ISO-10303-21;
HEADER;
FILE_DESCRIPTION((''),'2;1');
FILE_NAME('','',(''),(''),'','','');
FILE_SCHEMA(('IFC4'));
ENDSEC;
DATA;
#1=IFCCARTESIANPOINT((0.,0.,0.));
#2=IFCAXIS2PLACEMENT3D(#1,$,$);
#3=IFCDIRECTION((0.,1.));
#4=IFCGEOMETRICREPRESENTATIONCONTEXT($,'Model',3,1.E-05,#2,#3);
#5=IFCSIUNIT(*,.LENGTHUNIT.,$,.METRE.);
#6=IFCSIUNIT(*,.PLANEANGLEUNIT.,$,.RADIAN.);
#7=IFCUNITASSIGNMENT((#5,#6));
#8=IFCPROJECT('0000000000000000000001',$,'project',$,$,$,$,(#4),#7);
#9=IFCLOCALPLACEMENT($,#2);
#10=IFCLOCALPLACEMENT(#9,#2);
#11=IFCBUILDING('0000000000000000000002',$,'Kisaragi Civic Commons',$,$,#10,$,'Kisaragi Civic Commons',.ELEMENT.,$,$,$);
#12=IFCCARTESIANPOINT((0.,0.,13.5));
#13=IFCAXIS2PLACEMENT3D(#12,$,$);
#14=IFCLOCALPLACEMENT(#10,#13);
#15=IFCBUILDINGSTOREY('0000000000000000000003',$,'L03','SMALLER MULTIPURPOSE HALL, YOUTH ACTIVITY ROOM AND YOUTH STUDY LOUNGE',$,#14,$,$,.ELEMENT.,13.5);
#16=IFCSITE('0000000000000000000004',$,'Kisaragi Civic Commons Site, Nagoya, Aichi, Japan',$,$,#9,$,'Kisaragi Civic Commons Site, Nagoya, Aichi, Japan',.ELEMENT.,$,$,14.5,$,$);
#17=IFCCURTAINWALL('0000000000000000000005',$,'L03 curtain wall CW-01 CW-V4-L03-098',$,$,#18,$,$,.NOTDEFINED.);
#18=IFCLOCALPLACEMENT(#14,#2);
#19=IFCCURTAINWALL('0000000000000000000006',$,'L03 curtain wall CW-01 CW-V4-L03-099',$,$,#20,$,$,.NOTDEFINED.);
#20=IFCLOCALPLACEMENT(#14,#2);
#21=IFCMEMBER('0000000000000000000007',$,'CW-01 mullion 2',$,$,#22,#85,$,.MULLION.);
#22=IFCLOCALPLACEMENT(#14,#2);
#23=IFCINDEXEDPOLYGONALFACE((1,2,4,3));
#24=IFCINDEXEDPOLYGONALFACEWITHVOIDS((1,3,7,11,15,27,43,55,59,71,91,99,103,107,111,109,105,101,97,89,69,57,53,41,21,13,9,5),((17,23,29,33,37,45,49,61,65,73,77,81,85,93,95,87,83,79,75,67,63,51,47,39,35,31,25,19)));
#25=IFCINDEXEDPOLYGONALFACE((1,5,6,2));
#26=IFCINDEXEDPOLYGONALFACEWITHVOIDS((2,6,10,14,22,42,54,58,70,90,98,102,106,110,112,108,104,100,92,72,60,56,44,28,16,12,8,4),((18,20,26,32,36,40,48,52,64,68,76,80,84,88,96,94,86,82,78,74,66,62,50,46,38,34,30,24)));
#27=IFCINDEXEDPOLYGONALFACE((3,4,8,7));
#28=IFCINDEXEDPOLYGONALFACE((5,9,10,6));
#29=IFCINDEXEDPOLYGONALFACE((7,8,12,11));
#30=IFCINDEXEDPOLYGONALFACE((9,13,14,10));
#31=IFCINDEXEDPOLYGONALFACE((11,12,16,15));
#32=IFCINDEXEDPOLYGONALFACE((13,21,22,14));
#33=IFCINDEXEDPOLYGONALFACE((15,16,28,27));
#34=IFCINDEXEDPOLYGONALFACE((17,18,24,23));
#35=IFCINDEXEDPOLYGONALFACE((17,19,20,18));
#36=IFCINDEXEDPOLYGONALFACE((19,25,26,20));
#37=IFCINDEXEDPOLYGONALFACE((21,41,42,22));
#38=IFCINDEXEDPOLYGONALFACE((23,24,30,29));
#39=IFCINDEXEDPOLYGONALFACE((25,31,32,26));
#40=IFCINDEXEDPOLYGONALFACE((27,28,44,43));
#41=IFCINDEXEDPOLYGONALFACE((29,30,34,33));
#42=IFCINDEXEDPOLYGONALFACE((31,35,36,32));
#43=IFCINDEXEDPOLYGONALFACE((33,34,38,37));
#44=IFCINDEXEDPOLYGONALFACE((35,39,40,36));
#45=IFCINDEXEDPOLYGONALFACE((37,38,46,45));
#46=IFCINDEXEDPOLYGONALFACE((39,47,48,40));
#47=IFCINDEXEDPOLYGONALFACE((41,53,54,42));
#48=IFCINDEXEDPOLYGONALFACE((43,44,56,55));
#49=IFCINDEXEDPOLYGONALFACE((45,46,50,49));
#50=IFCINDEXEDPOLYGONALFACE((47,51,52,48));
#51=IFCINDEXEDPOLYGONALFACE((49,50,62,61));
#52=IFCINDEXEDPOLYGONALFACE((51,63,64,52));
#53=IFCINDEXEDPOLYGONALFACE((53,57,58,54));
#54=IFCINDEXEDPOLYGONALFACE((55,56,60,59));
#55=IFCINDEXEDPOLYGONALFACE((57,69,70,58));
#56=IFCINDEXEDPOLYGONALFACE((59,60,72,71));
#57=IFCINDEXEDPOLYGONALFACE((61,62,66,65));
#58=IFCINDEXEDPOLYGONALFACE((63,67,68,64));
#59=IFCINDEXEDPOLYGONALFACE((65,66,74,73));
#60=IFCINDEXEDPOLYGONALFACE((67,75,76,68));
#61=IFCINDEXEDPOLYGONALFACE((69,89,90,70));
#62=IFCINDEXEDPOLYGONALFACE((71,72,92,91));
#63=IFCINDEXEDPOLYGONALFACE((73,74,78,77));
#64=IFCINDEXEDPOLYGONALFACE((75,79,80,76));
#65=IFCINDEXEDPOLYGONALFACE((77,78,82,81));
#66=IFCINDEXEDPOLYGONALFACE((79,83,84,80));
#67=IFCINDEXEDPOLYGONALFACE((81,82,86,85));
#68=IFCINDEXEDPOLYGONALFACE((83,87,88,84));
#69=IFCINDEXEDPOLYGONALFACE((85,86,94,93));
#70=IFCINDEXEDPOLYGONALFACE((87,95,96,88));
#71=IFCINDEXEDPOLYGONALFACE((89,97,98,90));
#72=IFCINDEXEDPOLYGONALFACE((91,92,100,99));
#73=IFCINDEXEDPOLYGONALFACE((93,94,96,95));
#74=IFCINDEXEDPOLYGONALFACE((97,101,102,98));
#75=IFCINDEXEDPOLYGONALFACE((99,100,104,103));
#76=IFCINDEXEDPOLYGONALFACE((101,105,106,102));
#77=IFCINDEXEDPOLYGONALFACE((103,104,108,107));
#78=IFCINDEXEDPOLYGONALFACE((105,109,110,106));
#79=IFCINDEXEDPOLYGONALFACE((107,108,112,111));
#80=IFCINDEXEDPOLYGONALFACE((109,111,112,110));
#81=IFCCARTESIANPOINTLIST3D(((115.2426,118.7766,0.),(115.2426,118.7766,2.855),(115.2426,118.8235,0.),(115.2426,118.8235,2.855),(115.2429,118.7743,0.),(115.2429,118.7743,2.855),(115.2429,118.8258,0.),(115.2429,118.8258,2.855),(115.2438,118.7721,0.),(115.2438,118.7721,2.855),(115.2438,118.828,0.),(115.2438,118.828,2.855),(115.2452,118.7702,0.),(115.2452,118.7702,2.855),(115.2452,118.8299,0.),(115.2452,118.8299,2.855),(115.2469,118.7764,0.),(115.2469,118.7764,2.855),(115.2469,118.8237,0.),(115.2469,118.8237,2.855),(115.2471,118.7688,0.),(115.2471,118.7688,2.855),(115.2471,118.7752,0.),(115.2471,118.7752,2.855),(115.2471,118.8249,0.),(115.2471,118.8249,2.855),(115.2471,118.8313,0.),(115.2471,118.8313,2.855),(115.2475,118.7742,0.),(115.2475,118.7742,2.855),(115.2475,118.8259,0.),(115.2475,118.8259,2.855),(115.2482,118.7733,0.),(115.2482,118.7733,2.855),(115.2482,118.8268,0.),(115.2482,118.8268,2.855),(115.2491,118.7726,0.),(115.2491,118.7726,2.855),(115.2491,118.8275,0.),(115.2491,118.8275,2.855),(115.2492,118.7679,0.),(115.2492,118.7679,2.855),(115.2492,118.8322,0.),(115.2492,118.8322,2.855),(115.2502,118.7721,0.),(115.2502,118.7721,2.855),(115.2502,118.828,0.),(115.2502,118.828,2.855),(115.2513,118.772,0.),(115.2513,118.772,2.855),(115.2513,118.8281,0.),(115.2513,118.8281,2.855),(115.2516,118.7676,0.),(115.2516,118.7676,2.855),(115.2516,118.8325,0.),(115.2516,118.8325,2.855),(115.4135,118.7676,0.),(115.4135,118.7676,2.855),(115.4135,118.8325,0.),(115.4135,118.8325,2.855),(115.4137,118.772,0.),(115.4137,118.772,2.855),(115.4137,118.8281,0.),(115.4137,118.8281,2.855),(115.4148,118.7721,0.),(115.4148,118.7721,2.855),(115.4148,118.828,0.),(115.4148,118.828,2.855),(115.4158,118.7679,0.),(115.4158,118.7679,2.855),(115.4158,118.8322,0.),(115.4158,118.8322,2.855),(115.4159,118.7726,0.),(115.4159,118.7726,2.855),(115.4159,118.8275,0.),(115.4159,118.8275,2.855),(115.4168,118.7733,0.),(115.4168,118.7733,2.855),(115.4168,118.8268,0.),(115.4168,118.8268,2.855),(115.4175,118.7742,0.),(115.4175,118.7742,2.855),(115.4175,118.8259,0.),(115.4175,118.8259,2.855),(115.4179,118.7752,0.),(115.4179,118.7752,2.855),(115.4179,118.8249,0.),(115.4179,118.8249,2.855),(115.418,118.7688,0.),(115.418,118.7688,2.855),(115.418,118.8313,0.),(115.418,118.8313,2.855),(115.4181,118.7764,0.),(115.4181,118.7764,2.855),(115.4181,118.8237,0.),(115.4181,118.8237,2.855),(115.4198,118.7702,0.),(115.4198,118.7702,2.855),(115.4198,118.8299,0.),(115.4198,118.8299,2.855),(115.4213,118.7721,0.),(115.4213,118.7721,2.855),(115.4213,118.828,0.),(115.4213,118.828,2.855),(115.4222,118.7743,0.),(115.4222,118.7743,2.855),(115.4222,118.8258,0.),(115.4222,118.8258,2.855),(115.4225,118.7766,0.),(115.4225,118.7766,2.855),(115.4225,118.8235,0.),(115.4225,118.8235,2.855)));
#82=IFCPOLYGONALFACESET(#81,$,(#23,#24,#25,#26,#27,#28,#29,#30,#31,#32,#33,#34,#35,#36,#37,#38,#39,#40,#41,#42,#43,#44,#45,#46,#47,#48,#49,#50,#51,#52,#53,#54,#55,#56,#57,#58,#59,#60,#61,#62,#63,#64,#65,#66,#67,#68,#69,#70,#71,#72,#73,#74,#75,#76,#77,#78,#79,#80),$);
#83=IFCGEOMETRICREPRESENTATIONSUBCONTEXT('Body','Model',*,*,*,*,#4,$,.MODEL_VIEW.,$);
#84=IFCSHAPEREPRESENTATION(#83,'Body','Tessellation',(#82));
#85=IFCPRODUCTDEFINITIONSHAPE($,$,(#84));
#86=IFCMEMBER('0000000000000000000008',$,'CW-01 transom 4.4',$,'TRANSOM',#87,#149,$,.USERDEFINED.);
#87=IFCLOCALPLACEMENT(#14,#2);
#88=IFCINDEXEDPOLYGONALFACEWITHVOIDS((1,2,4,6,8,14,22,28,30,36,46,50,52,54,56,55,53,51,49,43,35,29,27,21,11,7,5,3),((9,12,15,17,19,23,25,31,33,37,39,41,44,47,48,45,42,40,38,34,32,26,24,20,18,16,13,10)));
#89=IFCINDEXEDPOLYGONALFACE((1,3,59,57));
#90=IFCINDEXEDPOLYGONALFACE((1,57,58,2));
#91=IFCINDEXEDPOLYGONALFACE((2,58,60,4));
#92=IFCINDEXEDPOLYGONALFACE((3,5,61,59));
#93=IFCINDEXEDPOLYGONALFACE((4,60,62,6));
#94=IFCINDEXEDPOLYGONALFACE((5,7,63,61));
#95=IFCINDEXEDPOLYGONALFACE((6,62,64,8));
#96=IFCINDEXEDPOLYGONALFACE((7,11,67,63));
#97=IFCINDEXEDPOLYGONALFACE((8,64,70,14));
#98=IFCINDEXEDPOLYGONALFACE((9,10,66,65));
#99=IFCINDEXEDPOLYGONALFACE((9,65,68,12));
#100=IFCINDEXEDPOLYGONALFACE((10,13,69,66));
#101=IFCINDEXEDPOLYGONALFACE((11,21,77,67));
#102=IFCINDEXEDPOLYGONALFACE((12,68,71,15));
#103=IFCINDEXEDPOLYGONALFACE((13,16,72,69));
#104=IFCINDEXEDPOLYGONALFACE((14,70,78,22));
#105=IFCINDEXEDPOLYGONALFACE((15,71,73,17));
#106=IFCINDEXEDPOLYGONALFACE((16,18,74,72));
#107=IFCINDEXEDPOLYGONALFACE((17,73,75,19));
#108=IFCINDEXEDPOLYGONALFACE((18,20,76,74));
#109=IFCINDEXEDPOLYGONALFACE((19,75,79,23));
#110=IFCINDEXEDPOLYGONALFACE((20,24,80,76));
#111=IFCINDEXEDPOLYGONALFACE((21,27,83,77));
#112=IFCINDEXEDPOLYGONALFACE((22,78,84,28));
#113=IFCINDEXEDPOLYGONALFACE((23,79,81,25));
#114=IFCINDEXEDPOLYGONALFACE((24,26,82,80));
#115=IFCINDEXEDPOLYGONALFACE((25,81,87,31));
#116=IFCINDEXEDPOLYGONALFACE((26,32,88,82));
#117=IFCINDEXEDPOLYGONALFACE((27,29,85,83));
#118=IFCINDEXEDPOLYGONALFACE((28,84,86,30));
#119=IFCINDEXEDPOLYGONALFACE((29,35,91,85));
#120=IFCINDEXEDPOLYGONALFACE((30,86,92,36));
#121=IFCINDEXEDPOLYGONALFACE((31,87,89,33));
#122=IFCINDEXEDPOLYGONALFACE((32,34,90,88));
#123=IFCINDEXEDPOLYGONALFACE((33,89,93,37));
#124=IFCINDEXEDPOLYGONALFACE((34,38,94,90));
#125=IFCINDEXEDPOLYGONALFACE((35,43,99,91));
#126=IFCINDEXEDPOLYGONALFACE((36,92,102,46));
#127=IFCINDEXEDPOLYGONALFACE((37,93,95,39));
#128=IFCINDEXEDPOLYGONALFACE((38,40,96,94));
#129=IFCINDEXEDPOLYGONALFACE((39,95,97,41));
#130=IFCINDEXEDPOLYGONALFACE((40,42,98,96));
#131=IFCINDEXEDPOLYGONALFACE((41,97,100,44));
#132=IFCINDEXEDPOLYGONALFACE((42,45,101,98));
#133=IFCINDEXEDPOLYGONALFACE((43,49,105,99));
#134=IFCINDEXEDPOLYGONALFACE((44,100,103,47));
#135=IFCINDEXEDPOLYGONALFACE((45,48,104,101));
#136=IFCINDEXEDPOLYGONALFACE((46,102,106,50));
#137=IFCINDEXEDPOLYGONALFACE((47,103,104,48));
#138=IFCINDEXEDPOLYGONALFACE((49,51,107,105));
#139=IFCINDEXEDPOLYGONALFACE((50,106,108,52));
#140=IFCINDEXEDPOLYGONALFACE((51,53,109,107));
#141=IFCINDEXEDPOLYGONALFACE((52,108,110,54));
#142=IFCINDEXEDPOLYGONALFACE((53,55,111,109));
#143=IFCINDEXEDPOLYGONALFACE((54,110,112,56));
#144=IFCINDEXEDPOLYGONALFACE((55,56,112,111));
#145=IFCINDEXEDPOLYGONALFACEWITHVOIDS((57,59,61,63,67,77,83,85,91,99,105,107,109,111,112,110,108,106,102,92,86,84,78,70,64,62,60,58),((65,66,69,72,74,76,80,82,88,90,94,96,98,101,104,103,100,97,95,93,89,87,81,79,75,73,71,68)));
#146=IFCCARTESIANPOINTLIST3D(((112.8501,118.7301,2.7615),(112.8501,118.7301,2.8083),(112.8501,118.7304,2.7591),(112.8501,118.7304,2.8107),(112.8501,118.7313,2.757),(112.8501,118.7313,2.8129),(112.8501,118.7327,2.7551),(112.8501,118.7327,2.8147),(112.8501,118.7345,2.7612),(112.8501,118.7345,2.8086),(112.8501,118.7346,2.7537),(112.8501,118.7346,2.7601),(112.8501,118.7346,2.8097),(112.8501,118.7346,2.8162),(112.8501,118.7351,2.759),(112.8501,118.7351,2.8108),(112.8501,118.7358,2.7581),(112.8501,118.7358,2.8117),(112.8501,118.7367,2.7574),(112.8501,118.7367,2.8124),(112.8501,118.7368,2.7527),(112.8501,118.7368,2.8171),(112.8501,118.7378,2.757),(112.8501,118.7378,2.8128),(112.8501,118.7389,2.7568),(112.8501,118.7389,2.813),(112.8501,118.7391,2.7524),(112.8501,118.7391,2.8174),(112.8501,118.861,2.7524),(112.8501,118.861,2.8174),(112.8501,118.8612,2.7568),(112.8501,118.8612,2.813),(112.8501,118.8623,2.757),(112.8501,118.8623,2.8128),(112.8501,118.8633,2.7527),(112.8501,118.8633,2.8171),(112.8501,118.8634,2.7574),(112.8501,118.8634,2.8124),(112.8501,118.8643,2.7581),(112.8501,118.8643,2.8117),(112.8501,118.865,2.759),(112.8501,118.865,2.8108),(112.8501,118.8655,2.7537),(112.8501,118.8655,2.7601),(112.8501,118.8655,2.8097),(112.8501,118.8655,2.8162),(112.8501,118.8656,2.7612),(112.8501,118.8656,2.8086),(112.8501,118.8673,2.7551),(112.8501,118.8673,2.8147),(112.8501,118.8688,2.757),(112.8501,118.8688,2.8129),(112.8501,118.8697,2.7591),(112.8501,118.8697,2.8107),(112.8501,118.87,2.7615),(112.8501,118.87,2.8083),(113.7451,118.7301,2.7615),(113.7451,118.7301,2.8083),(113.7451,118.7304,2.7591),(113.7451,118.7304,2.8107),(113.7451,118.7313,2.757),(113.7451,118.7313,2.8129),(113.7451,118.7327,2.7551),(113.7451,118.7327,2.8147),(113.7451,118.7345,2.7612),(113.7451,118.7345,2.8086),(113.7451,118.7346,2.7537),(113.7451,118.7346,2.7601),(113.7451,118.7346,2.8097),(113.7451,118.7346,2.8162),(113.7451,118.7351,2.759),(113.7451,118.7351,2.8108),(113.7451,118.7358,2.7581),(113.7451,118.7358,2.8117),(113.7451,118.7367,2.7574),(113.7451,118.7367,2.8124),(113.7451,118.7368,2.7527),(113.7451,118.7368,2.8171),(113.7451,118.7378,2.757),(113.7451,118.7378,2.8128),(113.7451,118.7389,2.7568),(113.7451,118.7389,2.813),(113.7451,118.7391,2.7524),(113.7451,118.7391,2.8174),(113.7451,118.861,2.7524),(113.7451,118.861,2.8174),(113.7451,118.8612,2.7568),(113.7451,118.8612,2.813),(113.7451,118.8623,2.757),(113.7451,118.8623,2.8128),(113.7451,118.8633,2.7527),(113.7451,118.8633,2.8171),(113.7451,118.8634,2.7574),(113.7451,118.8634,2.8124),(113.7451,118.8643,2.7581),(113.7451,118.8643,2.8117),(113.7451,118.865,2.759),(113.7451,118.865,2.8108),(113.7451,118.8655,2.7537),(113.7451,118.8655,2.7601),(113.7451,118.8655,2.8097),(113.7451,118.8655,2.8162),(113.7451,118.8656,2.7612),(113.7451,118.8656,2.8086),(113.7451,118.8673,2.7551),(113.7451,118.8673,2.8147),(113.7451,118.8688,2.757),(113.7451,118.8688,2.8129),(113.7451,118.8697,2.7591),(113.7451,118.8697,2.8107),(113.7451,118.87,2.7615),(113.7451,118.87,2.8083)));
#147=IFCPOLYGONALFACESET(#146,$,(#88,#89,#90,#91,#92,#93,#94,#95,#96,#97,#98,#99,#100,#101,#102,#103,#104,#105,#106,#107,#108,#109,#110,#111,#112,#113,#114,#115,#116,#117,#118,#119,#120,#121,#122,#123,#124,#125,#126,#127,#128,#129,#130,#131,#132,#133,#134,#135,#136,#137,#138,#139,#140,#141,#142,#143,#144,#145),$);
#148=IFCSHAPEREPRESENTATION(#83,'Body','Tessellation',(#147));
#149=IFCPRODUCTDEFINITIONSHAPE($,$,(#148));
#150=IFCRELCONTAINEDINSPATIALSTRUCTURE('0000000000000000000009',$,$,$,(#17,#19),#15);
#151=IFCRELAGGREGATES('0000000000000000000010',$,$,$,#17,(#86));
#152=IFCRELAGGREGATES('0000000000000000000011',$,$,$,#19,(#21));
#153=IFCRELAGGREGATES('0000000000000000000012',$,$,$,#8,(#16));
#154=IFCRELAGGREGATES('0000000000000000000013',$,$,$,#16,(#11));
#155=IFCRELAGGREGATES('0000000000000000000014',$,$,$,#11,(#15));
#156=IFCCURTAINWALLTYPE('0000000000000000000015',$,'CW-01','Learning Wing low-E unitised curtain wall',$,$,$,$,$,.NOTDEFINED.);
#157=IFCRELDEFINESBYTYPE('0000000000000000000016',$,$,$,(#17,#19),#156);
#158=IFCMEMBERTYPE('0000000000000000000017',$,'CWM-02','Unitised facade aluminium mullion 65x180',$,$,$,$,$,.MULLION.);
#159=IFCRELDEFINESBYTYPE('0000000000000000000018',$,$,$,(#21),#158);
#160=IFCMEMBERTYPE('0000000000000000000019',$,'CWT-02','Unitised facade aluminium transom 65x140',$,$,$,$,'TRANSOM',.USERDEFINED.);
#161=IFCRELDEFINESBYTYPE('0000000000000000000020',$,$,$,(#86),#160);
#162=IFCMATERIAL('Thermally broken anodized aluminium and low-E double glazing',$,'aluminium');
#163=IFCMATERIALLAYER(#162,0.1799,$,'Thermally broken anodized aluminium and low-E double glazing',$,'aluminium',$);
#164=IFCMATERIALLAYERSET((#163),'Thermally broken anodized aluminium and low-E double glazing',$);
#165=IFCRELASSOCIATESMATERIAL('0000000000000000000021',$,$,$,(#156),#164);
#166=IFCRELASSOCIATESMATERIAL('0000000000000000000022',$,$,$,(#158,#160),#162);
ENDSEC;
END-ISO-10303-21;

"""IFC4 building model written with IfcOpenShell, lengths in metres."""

from ifc_helpers import new_model, si_unit, direction, frame, origin, origin_2d, place, context, subcontext, project, spatial, hollow_rectangle, extrude, material, layer, layer_set, material_profile, profile_set, type_object, element, aggregate, save


model = new_model("IFC4")

# Units and contexts
model_context = context("Model", 3, precision=1e-05, world=origin(), true_north=direction((0.0, 1.0)))
body_context = subcontext(model_context, "Body", "Model", "MODEL_VIEW")
ifc_project = project(units=[si_unit("LENGTHUNIT", "METRE"), si_unit("PLANEANGLEUNIT", "RADIAN")], contexts=[model_context])

# Site, building, storey
site_placement = place(None, origin())
site = spatial("IfcSite", under=ifc_project, at=site_placement, Name="Kisaragi Civic Commons Site, Nagoya, Aichi, Japan", LongName="Kisaragi Civic Commons Site, Nagoya, Aichi, Japan", CompositionType="ELEMENT", RefElevation=14.5)
building_placement = place(site_placement, origin())
building = spatial("IfcBuilding", under=site, at=building_placement, Name="Kisaragi Civic Commons", LongName="Kisaragi Civic Commons", CompositionType="ELEMENT")
storey_placement = place(building_placement, frame((0.0, 0.0, 13.5)))
storey = spatial("IfcBuildingStorey", under=building, at=storey_placement, Name="L03", Description="SMALLER MULTIPURPOSE HALL, YOUTH ACTIVITY ROOM AND YOUTH STUDY LOUNGE", CompositionType="ELEMENT", Elevation=13.5)

# Curtain wall
ifc_material_1 = material(Name="Thermally broken anodized aluminium and low-E double glazing", Category="aluminium")
ifc_layer_1 = layer(ifc_material_1, 0.1799, Name="Thermally broken anodized aluminium and low-E double glazing", Category="aluminium")
ifc_layer_set_1 = layer_set([ifc_layer_1], Name="Thermally broken anodized aluminium and low-E double glazing")
curtain_wall_type = type_object("IfcCurtainWallType", Name="CW-01", Description="Learning Wing low-E unitised curtain wall", PredefinedType="NOTDEFINED", material=ifc_layer_set_1)
curtain_wall_1_placement = place(storey_placement, origin())
curtain_wall_1 = element("IfcCurtainWall", 1, at=curtain_wall_1_placement, inside=storey, type_object=curtain_wall_type, Name="L03 curtain wall CW-01 CW-V4-L03-098", PredefinedType="NOTDEFINED")
ifc_material_profile_1 = material_profile(ifc_material_1, hollow_rectangle(XDim=0.0649, YDim=0.1799, WallThickness=0.0044, InnerFilletRadius=0.0044, OuterFilletRadius=0.009, at=origin_2d()), Name="CWM-65x180x4.5", Category="aluminium")
ifc_profile_set_1 = profile_set([ifc_material_profile_1], Name="Thermally broken anodized aluminium and low-E double glazing")
member_type_1 = type_object("IfcMemberType", Name="CWM-02", Description="Unitised facade aluminium mullion 65x180", PredefinedType="MULLION", material=ifc_profile_set_1)

# Curtain wall, member
curtain_wall_2_placement = place(storey_placement, origin())
curtain_wall_2 = element("IfcCurtainWall", 2, at=curtain_wall_2_placement, inside=storey, type_object=curtain_wall_type, Name="L03 curtain wall CW-01 CW-V4-L03-099", PredefinedType="NOTDEFINED")
member_1_placement = place(storey_placement, frame((115.3325, 118.8, 0.0), z_axis=(0.0, 0.0, 1.0), x_axis=(0.0, 1.0, 0.0)))
member_1 = element("IfcMember", 3, at=member_1_placement, type_object=member_type_1, Name="CW-01 mullion 2", PredefinedType="MULLION", context=body_context, shape_type="SweptSolid", body=[
    extrude(hollow_rectangle(XDim=0.0649, YDim=0.1799, WallThickness=0.0044, InnerFilletRadius=0.0044, OuterFilletRadius=0.009, at=origin_2d()), origin(), (0.0, 0.0, 1.0), 2.855),
])

# Member
ifc_material_profile_2 = material_profile(ifc_material_1, hollow_rectangle(XDim=0.1399, YDim=0.0649, WallThickness=0.0044, InnerFilletRadius=0.0044, OuterFilletRadius=0.009, at=origin_2d()), Name="CWT-65x140x4.5", Category="aluminium")
ifc_profile_set_2 = profile_set([ifc_material_profile_2], Name="Thermally broken anodized aluminium and low-E double glazing")
member_type_2 = type_object("IfcMemberType", Name="CWT-02", Description="Unitised facade aluminium transom 65x140", ElementType="TRANSOM", PredefinedType="USERDEFINED", material=ifc_profile_set_2)
member_2_placement = place(storey_placement, frame((112.8501, 118.8, 2.7849), z_axis=(1.0, 0.0, 0.0), x_axis=(0.0, 1.0, 0.0)))
member_2 = element("IfcMember", 4, at=member_2_placement, type_object=member_type_2, Name="CW-01 transom 4.4", ObjectType="TRANSOM", PredefinedType="USERDEFINED", context=body_context, shape_type="SweptSolid", body=[
    extrude(hollow_rectangle(XDim=0.1399, YDim=0.0649, WallThickness=0.0044, InnerFilletRadius=0.0044, OuterFilletRadius=0.009, at=origin_2d()), origin(), (0.0, 0.0, 1.0), 0.895),
])

aggregate(curtain_wall_1, [member_2])
aggregate(curtain_wall_2, [member_1])

save(model, "model.ifc")
